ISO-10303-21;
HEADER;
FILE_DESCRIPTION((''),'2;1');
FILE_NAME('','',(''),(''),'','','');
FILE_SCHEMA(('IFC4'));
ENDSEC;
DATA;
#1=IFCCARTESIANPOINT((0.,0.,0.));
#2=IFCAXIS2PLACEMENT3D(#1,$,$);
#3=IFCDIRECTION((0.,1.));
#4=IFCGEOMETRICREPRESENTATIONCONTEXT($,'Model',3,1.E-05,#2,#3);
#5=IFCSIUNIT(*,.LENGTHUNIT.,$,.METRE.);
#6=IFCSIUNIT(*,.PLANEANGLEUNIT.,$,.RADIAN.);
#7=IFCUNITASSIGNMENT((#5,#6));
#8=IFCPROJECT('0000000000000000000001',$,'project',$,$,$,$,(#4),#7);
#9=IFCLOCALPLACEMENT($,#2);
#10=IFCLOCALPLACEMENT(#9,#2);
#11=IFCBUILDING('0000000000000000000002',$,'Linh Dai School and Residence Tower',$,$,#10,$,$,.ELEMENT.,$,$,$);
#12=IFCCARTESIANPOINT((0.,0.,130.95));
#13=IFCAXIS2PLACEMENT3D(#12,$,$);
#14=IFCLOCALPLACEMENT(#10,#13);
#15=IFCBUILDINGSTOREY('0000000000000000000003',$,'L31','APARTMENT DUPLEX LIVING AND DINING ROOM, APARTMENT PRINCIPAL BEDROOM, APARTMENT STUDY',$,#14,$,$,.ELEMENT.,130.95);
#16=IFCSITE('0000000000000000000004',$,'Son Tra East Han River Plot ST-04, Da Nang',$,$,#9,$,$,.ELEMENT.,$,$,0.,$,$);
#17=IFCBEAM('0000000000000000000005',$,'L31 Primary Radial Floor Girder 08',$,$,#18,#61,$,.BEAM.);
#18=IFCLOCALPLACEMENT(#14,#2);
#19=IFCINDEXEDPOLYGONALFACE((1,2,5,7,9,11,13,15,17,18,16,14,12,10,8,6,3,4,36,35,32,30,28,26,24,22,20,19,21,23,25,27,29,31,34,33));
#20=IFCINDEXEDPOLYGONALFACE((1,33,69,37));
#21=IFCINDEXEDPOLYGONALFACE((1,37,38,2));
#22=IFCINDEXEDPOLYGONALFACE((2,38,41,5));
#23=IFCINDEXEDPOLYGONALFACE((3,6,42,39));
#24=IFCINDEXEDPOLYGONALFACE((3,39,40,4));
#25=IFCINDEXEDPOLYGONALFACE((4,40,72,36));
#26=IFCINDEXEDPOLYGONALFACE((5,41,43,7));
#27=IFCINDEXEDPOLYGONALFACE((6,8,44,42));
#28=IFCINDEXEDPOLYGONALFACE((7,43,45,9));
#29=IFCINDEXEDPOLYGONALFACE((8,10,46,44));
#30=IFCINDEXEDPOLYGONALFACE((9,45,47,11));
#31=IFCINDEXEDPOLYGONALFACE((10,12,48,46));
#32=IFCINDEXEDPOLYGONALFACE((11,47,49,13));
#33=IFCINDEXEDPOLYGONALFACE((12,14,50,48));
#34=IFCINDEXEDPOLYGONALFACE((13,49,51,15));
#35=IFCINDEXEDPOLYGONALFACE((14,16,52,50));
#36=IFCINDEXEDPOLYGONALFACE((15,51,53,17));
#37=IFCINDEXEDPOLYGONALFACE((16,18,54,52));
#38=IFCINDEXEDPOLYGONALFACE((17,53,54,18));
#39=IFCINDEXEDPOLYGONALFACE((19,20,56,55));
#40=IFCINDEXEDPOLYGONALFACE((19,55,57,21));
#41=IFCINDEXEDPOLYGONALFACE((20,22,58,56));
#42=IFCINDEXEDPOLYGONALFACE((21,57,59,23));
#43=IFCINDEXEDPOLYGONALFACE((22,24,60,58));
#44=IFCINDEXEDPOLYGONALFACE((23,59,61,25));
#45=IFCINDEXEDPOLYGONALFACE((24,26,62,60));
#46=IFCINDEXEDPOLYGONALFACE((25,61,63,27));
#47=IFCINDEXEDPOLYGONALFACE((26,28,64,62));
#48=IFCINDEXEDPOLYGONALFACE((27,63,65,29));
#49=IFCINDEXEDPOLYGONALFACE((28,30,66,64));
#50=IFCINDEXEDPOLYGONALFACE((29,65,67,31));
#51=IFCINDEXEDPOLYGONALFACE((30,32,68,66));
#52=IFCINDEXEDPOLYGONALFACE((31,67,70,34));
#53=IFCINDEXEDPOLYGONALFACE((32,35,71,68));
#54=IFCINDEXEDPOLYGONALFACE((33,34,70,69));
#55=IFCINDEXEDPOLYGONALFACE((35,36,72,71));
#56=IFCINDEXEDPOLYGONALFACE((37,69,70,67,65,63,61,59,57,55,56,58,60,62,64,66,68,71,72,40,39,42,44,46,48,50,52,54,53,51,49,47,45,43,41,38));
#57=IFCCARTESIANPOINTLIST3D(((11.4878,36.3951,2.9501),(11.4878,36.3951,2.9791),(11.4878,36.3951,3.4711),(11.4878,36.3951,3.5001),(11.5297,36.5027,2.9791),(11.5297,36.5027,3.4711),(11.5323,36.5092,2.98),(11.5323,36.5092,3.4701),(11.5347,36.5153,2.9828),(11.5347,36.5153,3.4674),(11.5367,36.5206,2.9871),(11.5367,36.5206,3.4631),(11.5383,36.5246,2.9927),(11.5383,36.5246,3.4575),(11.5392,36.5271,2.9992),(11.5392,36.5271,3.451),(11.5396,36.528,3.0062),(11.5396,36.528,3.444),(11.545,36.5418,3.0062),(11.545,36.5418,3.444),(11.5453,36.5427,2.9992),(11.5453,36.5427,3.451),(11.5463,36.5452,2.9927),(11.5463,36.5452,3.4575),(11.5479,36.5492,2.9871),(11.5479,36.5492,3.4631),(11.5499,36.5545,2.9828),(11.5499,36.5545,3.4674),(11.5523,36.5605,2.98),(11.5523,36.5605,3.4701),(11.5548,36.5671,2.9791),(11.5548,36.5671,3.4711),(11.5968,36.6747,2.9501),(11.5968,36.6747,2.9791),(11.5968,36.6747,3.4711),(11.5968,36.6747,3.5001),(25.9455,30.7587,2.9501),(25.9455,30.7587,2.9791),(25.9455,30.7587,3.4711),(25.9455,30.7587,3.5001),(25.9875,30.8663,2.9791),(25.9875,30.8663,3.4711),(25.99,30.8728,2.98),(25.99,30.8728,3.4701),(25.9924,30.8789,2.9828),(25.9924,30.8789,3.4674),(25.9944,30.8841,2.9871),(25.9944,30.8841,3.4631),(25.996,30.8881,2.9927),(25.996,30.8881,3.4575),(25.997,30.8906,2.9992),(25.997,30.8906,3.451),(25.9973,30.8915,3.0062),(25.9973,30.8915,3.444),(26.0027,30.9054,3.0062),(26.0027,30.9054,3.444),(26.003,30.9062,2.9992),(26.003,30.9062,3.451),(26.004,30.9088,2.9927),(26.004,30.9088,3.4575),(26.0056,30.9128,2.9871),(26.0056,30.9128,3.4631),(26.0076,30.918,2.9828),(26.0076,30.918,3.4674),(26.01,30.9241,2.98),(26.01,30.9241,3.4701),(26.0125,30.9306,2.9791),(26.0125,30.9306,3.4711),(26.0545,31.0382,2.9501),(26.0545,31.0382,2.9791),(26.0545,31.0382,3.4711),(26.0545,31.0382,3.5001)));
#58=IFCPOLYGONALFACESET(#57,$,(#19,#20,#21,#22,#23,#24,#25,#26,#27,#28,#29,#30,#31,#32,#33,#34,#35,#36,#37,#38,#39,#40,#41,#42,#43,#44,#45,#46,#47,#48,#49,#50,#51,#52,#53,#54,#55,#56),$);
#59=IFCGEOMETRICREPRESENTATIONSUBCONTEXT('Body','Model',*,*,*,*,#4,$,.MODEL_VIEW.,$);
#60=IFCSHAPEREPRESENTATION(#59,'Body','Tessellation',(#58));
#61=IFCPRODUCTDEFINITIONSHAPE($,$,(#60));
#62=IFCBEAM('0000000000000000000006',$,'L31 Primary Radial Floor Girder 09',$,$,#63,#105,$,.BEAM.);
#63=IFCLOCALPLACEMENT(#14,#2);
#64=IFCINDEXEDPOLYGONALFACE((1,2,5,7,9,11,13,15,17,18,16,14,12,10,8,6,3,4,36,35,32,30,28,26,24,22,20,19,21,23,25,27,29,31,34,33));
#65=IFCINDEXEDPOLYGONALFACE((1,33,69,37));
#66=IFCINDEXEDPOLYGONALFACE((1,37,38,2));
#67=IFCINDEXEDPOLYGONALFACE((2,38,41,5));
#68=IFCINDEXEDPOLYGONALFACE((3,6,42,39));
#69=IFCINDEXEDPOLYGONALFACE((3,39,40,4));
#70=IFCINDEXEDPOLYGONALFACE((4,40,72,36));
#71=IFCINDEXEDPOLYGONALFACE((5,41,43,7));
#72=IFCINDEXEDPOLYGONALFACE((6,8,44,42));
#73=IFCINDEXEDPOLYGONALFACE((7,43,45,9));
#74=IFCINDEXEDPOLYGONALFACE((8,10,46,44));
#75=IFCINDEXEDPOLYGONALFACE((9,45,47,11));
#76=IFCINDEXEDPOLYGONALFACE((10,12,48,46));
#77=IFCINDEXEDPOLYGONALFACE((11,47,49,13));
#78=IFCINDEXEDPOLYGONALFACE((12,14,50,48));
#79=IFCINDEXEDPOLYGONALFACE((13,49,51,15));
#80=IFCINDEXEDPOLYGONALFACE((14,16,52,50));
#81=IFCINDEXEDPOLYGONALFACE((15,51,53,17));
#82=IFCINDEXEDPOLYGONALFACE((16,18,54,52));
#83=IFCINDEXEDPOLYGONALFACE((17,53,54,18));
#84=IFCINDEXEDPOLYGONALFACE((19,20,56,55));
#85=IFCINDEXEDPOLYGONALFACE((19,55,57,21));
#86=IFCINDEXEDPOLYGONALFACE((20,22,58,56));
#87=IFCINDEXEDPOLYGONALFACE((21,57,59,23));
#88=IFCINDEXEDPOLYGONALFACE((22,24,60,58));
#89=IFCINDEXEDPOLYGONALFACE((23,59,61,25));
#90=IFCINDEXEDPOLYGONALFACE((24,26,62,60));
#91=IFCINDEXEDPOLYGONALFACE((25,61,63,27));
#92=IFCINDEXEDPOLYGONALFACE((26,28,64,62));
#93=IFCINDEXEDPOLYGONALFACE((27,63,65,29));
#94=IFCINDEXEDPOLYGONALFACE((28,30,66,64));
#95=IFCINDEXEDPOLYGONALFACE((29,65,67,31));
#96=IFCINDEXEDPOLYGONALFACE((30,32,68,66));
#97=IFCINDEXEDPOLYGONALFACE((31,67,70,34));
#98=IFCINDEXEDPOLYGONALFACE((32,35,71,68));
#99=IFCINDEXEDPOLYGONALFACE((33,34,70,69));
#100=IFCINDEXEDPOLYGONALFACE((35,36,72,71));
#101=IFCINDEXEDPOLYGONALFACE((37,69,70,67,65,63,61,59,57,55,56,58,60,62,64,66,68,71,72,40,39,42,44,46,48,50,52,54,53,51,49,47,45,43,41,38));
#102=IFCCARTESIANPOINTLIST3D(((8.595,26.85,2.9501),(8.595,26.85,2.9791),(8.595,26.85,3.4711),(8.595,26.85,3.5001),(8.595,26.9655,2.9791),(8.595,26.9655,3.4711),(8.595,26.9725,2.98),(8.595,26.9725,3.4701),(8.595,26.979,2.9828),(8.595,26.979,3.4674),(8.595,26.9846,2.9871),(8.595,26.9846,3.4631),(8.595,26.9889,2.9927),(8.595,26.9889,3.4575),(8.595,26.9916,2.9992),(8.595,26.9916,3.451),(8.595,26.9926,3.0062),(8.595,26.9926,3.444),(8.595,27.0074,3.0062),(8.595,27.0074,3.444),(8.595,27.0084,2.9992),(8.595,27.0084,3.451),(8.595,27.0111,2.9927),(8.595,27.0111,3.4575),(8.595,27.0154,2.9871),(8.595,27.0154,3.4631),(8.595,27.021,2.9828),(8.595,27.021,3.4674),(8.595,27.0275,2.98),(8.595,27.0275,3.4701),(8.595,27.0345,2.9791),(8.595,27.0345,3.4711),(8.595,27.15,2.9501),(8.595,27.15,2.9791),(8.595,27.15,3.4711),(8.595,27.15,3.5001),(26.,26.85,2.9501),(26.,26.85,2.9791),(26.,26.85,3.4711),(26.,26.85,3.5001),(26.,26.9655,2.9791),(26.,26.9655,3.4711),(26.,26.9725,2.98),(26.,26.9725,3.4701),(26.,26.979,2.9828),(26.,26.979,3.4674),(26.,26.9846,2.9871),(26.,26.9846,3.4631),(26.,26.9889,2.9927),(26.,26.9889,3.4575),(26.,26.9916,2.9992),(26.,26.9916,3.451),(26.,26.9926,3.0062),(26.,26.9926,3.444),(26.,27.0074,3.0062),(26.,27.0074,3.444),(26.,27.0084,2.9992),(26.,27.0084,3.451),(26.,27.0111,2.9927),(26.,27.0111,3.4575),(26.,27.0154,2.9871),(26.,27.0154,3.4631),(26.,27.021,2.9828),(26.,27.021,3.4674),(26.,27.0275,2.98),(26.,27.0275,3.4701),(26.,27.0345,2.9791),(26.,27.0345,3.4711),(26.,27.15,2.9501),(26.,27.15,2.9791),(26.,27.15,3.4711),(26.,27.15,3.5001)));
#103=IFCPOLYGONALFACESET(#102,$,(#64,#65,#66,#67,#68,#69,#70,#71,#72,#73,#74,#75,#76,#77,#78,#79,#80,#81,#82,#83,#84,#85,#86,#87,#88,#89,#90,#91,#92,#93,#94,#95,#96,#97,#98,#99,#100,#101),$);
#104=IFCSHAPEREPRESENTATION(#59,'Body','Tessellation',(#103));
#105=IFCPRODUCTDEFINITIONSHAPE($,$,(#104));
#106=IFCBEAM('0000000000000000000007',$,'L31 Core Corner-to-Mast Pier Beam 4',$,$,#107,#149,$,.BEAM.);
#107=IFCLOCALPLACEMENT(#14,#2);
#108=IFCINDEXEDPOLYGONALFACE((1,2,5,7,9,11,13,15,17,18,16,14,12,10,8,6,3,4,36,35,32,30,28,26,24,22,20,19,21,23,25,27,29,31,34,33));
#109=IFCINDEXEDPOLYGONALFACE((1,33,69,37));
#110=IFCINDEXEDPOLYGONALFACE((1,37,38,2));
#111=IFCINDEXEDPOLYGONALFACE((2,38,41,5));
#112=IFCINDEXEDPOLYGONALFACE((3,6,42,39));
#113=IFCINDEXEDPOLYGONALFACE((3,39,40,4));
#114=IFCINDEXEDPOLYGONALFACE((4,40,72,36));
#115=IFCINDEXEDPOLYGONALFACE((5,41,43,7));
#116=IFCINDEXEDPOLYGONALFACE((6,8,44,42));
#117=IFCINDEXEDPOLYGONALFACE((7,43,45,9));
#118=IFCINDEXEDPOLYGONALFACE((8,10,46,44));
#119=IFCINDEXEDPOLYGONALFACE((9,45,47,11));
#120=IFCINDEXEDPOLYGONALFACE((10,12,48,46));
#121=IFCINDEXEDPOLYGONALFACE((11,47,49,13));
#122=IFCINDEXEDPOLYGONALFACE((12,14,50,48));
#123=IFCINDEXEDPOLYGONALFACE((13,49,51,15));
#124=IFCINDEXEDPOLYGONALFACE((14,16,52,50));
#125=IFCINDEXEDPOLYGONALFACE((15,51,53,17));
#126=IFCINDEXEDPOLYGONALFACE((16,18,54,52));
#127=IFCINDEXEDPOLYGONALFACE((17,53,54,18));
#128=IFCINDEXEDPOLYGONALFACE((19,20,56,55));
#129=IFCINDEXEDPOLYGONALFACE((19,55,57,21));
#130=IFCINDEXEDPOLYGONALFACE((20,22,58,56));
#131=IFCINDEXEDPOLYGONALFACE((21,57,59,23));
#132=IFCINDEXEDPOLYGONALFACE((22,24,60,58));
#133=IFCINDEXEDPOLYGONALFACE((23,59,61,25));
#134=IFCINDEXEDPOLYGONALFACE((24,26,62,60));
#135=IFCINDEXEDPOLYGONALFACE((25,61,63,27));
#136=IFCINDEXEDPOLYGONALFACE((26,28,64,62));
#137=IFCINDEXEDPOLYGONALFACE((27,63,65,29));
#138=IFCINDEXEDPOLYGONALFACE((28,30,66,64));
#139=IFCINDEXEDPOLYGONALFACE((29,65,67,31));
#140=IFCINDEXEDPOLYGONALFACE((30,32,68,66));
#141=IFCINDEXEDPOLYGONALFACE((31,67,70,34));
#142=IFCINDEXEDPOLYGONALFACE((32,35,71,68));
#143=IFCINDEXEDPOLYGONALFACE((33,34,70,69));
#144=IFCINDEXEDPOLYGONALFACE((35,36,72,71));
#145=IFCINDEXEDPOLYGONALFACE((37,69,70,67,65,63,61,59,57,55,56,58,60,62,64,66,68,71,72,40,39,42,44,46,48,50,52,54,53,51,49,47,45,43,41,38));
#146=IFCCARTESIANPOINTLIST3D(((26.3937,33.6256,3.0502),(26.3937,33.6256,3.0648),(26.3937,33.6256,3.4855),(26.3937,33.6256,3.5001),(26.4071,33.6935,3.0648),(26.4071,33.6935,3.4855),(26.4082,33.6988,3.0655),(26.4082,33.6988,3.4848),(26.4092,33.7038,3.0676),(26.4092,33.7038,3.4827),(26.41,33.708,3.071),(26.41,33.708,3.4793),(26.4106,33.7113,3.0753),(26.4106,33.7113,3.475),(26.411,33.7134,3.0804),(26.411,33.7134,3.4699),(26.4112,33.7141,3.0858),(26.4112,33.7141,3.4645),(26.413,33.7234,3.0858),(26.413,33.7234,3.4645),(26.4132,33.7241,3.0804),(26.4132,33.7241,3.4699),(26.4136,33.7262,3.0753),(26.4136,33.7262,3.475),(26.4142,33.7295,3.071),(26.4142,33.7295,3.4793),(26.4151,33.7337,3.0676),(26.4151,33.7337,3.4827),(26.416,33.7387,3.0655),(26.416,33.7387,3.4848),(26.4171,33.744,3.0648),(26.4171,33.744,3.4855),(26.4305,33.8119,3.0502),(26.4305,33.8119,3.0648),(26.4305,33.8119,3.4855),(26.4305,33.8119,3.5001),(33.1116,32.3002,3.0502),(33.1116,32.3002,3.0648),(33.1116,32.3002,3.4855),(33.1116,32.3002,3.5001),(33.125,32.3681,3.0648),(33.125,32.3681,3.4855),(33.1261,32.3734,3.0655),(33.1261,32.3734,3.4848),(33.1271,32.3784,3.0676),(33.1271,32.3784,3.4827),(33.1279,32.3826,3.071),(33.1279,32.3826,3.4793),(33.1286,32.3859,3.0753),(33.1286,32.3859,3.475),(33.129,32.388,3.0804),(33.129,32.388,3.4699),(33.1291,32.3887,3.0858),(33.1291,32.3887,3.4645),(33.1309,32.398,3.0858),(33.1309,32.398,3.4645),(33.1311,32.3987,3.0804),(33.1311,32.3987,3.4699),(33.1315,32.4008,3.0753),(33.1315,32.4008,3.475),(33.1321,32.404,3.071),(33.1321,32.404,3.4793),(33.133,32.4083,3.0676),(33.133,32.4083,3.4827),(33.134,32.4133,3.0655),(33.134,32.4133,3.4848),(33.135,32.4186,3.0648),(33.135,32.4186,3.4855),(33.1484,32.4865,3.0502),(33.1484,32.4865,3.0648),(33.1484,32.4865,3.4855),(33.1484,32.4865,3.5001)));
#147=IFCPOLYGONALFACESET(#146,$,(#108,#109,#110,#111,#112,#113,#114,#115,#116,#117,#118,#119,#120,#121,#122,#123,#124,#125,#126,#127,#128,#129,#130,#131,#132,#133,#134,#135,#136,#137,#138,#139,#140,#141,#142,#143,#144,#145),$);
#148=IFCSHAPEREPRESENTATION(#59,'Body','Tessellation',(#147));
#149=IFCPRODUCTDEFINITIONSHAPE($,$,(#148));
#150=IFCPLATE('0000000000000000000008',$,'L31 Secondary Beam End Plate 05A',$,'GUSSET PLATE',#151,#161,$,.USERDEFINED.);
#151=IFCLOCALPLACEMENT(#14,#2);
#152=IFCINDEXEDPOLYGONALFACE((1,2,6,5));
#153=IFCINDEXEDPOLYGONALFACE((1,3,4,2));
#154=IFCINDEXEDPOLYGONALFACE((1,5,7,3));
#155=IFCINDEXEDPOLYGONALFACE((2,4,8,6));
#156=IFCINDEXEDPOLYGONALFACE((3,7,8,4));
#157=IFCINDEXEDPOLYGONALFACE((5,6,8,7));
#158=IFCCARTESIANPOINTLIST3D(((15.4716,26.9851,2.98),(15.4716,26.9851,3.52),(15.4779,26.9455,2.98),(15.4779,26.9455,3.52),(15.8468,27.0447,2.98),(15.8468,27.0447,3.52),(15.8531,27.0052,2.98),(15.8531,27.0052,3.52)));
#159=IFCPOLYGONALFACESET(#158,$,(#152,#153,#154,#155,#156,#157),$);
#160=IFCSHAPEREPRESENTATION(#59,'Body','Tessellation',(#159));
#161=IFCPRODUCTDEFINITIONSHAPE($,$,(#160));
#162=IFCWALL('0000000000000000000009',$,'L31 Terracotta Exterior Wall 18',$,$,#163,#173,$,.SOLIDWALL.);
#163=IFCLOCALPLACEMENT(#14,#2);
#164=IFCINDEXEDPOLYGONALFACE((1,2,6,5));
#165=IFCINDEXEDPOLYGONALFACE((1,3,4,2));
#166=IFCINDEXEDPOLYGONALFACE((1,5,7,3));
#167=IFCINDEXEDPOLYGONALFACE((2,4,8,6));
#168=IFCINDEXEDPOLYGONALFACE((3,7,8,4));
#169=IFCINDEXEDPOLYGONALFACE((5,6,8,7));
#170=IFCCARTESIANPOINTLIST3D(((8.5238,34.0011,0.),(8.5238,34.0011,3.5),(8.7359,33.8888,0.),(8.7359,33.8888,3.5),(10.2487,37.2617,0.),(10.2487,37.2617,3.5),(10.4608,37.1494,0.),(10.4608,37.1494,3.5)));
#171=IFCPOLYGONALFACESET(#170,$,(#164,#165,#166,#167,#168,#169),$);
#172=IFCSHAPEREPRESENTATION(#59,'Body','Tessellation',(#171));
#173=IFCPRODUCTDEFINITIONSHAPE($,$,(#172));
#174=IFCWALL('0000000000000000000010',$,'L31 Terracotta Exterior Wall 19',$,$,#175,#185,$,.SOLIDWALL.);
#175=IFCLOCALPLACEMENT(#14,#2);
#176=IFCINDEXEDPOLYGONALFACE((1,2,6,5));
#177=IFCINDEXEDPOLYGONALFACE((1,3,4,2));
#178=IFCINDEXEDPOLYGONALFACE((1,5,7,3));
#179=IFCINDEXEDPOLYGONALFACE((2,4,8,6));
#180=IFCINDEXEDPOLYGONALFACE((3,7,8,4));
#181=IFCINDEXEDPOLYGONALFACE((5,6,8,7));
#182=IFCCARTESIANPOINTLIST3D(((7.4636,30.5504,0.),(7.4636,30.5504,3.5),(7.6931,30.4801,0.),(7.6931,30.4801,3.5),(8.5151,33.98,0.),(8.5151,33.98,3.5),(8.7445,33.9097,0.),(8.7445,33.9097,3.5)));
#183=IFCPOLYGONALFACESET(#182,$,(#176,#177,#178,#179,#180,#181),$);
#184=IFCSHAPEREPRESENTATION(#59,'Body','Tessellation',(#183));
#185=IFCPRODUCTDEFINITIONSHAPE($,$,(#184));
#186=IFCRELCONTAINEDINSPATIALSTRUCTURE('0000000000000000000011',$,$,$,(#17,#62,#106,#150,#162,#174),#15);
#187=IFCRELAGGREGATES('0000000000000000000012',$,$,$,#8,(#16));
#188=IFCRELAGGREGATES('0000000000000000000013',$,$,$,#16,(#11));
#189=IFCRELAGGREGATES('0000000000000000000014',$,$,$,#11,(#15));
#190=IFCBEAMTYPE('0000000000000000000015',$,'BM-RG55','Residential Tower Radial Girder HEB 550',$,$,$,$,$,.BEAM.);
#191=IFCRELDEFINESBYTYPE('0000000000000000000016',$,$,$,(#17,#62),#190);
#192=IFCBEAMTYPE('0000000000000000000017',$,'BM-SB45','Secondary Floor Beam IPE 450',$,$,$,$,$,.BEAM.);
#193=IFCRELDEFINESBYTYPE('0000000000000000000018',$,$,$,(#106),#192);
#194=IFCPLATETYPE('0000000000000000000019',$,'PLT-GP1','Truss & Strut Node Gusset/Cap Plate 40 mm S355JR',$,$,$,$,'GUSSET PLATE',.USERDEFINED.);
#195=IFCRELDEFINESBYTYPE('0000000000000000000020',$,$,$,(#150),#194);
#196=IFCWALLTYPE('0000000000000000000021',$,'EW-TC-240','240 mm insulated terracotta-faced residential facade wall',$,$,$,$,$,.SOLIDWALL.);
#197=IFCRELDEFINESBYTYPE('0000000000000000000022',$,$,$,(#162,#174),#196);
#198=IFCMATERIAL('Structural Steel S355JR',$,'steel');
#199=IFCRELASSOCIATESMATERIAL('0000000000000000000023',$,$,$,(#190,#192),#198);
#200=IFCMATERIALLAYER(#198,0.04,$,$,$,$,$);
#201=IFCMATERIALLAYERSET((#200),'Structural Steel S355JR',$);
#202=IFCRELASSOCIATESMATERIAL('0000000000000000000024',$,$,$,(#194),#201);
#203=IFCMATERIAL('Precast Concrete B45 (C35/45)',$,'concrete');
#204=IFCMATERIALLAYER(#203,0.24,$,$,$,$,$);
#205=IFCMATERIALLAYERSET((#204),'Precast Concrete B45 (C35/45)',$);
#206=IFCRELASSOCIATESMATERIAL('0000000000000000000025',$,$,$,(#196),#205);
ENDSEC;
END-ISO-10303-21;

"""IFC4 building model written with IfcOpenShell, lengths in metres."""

from ifc_helpers import new_model, si_unit, direction, frame, frame_2d, origin, origin_2d, place, context, subcontext, project, spatial, rectangle, i_section, extrude, source, transform, mapped, material, layer, layer_set, material_profile, profile_set, type_object, element, save


model = new_model("IFC4")

# Units and contexts
model_context = context("Model", 3, precision=1e-05, world=origin(), true_north=direction((0.0, 1.0)))
body_context = subcontext(model_context, "Body", "Model", "MODEL_VIEW")
ifc_project = project(units=[si_unit("LENGTHUNIT", "METRE"), si_unit("PLANEANGLEUNIT", "RADIAN")], contexts=[model_context])

# Site, building, storey
site_placement = place(None, origin())
site = spatial("IfcSite", under=ifc_project, at=site_placement, Name="Son Tra East Han River Plot ST-04, Da Nang", CompositionType="ELEMENT", RefElevation=0.0)
building_placement = place(site_placement, origin())
building = spatial("IfcBuilding", under=site, at=building_placement, Name="Linh Dai School and Residence Tower", CompositionType="ELEMENT")
storey_placement = place(building_placement, frame((0.0, 0.0, 130.95)))
storey = spatial("IfcBuildingStorey", under=building, at=storey_placement, Name="L31", Description="APARTMENT DUPLEX LIVING AND DINING ROOM, APARTMENT PRINCIPAL BEDROOM, APARTMENT STUDY", CompositionType="ELEMENT", Elevation=130.95)

# Shared definitions
ifc_material_1 = material(Name="Structural Steel S355JR", Category="steel")

# Beams
ifc_material_profile_1 = material_profile(ifc_material_1, i_section(OverallWidth=0.3, OverallDepth=0.55, WebThickness=0.0149, FlangeThickness=0.0291, FilletRadius=0.0271, at=origin_2d()), Name="HEB 550")
ifc_profile_set_1 = profile_set([ifc_material_profile_1], Name="Structural Steel S355JR")
beam_type_1 = type_object("IfcBeamType", Name="BM-RG55", Description="Residential Tower Radial Girder HEB 550", PredefinedType="BEAM", material=ifc_profile_set_1)
beam_1_placement = place(storey_placement, frame((26.0, 30.8984, 3.2251), z_axis=(-0.931699, 0.36323, 0.0), x_axis=(-0.36323, -0.931699, 0.0)))
element("IfcBeam", 1, at=beam_1_placement, inside=storey, type_object=beam_type_1, Name="L31 Primary Radial Floor Girder 08", PredefinedType="BEAM", context=body_context, shape_type="SweptSolid", body=[
    extrude(i_section(OverallWidth=0.3, OverallDepth=0.55, WebThickness=0.0149, FlangeThickness=0.0291, FilletRadius=0.0271, at=origin_2d()), origin(), (0.0, 0.0, 1.0), 15.5176),
])
beam_2_placement = place(storey_placement, frame((26.0, 27.0, 3.2251), z_axis=(-1.0, 0.0, 0.0), x_axis=(0.0, -1.0, 0.0)))
element("IfcBeam", 2, at=beam_2_placement, inside=storey, type_object=beam_type_1, Name="L31 Primary Radial Floor Girder 09", PredefinedType="BEAM", context=body_context, shape_type="SweptSolid", body=[
    extrude(i_section(OverallWidth=0.3, OverallDepth=0.55, WebThickness=0.0149, FlangeThickness=0.0291, FilletRadius=0.0271, at=origin_2d()), origin(), (0.0, 0.0, 1.0), 17.405),
])
ifc_material_profile_2 = material_profile(ifc_material_1, i_section(OverallWidth=0.1899, OverallDepth=0.45, WebThickness=0.0095, FlangeThickness=0.0146, FilletRadius=0.021, at=origin_2d()), Name="IPE 450")
ifc_profile_set_2 = profile_set([ifc_material_profile_2], Name="Structural Steel S355JR")
beam_type_2 = type_object("IfcBeamType", Name="BM-SB45", Description="Secondary Floor Beam IPE 450", PredefinedType="BEAM", material=ifc_profile_set_2)
beam_3_placement = place(storey_placement, frame((26.4121, 33.7188, 3.2751), z_axis=(0.981087, -0.193565, 0.0), x_axis=(0.193565, 0.981087, 0.0)))
element("IfcBeam", 3, at=beam_3_placement, inside=storey, type_object=beam_type_2, Name="L31 Core Corner-to-Mast Pier Beam 4", PredefinedType="BEAM", context=body_context, shape_type="SweptSolid", body=[
    extrude(i_section(OverallWidth=0.1899, OverallDepth=0.45, WebThickness=0.0095, FlangeThickness=0.0146, FilletRadius=0.021, at=origin_2d()), origin(), (0.0, 0.0, 1.0), 6.8474),
])

# Plate
ifc_layer_1 = layer(ifc_material_1, 0.04)
ifc_layer_set_1 = layer_set([ifc_layer_1], Name="Structural Steel S355JR")
plate_type = type_object("IfcPlateType", Name="PLT-GP1", Description="Truss & Strut Node Gusset/Cap Plate 40 mm S355JR", ElementType="GUSSET PLATE", PredefinedType="USERDEFINED", material=ifc_layer_set_1)
shared_shape_1 = source(origin(), body_context, "Body", "SweptSolid", [
    extrude(rectangle(XDim=0.04, YDim=0.3799, at=origin_2d()), origin(), (0.0, 0.0, 1.0), 0.54),
])
plate_placement = place(storey_placement, frame((15.6624, 26.9951, 2.98), z_axis=(0.0, 0.0, 1.0), x_axis=(0.157025, -0.987595, 0.0)))
element("IfcPlate", 4, at=plate_placement, inside=storey, type_object=plate_type, Name="L31 Secondary Beam End Plate 05A", ObjectType="GUSSET PLATE", PredefinedType="USERDEFINED", context=body_context, shape_type="MappedRepresentation", body=[
    mapped(shared_shape_1, transform((0.0, 0.0, 0.0), x_axis=(1.0, 0.0, 0.0), y_axis=(0.0, 1.0, 0.0), z_axis=(0.0, 0.0, 1.0), scale=1.0)),
])

# Walls
ifc_material_2 = material(Name="Precast Concrete B45 (C35/45)", Category="concrete")
ifc_layer_2 = layer(ifc_material_2, 0.24)
ifc_layer_set_2 = layer_set([ifc_layer_2], Name="Precast Concrete B45 (C35/45)")
wall_type_1 = type_object("IfcWallType", Name="EW-TC-240", Description="240 mm insulated terracotta-faced residential facade wall", PredefinedType="SOLIDWALL", material=ifc_layer_set_2)
wall_1_placement = place(storey_placement, frame((8.6299, 33.9451, 0.0), z_axis=(0.0, 0.0, 1.0), x_axis=(0.467614, 0.883933, 0.0)))
element("IfcWall", 5, at=wall_1_placement, inside=storey, type_object=wall_type_1, Name="L31 Terracotta Exterior Wall 18", PredefinedType="SOLIDWALL", context=body_context, shape_type="SweptSolid", body=[
    extrude(rectangle(XDim=3.6887, YDim=0.24, at=frame_2d((1.8442, 0.0))), origin(), (0.0, 0.0, 1.0), 3.5),
])
wall_2_placement = place(storey_placement, frame((7.5784, 30.5154, 0.0), z_axis=(0.0, 0.0, 1.0), x_axis=(0.293124, 0.956074, 0.0)))
element("IfcWall", 6, at=wall_2_placement, inside=storey, type_object=wall_type_1, Name="L31 Terracotta Exterior Wall 19", PredefinedType="SOLIDWALL", context=body_context, shape_type="SweptSolid", body=[
    extrude(rectangle(XDim=3.5872, YDim=0.24, at=frame_2d((1.7935, 0.0))), origin(), (0.0, 0.0, 1.0), 3.5),
])

save(model, "model.ifc")
